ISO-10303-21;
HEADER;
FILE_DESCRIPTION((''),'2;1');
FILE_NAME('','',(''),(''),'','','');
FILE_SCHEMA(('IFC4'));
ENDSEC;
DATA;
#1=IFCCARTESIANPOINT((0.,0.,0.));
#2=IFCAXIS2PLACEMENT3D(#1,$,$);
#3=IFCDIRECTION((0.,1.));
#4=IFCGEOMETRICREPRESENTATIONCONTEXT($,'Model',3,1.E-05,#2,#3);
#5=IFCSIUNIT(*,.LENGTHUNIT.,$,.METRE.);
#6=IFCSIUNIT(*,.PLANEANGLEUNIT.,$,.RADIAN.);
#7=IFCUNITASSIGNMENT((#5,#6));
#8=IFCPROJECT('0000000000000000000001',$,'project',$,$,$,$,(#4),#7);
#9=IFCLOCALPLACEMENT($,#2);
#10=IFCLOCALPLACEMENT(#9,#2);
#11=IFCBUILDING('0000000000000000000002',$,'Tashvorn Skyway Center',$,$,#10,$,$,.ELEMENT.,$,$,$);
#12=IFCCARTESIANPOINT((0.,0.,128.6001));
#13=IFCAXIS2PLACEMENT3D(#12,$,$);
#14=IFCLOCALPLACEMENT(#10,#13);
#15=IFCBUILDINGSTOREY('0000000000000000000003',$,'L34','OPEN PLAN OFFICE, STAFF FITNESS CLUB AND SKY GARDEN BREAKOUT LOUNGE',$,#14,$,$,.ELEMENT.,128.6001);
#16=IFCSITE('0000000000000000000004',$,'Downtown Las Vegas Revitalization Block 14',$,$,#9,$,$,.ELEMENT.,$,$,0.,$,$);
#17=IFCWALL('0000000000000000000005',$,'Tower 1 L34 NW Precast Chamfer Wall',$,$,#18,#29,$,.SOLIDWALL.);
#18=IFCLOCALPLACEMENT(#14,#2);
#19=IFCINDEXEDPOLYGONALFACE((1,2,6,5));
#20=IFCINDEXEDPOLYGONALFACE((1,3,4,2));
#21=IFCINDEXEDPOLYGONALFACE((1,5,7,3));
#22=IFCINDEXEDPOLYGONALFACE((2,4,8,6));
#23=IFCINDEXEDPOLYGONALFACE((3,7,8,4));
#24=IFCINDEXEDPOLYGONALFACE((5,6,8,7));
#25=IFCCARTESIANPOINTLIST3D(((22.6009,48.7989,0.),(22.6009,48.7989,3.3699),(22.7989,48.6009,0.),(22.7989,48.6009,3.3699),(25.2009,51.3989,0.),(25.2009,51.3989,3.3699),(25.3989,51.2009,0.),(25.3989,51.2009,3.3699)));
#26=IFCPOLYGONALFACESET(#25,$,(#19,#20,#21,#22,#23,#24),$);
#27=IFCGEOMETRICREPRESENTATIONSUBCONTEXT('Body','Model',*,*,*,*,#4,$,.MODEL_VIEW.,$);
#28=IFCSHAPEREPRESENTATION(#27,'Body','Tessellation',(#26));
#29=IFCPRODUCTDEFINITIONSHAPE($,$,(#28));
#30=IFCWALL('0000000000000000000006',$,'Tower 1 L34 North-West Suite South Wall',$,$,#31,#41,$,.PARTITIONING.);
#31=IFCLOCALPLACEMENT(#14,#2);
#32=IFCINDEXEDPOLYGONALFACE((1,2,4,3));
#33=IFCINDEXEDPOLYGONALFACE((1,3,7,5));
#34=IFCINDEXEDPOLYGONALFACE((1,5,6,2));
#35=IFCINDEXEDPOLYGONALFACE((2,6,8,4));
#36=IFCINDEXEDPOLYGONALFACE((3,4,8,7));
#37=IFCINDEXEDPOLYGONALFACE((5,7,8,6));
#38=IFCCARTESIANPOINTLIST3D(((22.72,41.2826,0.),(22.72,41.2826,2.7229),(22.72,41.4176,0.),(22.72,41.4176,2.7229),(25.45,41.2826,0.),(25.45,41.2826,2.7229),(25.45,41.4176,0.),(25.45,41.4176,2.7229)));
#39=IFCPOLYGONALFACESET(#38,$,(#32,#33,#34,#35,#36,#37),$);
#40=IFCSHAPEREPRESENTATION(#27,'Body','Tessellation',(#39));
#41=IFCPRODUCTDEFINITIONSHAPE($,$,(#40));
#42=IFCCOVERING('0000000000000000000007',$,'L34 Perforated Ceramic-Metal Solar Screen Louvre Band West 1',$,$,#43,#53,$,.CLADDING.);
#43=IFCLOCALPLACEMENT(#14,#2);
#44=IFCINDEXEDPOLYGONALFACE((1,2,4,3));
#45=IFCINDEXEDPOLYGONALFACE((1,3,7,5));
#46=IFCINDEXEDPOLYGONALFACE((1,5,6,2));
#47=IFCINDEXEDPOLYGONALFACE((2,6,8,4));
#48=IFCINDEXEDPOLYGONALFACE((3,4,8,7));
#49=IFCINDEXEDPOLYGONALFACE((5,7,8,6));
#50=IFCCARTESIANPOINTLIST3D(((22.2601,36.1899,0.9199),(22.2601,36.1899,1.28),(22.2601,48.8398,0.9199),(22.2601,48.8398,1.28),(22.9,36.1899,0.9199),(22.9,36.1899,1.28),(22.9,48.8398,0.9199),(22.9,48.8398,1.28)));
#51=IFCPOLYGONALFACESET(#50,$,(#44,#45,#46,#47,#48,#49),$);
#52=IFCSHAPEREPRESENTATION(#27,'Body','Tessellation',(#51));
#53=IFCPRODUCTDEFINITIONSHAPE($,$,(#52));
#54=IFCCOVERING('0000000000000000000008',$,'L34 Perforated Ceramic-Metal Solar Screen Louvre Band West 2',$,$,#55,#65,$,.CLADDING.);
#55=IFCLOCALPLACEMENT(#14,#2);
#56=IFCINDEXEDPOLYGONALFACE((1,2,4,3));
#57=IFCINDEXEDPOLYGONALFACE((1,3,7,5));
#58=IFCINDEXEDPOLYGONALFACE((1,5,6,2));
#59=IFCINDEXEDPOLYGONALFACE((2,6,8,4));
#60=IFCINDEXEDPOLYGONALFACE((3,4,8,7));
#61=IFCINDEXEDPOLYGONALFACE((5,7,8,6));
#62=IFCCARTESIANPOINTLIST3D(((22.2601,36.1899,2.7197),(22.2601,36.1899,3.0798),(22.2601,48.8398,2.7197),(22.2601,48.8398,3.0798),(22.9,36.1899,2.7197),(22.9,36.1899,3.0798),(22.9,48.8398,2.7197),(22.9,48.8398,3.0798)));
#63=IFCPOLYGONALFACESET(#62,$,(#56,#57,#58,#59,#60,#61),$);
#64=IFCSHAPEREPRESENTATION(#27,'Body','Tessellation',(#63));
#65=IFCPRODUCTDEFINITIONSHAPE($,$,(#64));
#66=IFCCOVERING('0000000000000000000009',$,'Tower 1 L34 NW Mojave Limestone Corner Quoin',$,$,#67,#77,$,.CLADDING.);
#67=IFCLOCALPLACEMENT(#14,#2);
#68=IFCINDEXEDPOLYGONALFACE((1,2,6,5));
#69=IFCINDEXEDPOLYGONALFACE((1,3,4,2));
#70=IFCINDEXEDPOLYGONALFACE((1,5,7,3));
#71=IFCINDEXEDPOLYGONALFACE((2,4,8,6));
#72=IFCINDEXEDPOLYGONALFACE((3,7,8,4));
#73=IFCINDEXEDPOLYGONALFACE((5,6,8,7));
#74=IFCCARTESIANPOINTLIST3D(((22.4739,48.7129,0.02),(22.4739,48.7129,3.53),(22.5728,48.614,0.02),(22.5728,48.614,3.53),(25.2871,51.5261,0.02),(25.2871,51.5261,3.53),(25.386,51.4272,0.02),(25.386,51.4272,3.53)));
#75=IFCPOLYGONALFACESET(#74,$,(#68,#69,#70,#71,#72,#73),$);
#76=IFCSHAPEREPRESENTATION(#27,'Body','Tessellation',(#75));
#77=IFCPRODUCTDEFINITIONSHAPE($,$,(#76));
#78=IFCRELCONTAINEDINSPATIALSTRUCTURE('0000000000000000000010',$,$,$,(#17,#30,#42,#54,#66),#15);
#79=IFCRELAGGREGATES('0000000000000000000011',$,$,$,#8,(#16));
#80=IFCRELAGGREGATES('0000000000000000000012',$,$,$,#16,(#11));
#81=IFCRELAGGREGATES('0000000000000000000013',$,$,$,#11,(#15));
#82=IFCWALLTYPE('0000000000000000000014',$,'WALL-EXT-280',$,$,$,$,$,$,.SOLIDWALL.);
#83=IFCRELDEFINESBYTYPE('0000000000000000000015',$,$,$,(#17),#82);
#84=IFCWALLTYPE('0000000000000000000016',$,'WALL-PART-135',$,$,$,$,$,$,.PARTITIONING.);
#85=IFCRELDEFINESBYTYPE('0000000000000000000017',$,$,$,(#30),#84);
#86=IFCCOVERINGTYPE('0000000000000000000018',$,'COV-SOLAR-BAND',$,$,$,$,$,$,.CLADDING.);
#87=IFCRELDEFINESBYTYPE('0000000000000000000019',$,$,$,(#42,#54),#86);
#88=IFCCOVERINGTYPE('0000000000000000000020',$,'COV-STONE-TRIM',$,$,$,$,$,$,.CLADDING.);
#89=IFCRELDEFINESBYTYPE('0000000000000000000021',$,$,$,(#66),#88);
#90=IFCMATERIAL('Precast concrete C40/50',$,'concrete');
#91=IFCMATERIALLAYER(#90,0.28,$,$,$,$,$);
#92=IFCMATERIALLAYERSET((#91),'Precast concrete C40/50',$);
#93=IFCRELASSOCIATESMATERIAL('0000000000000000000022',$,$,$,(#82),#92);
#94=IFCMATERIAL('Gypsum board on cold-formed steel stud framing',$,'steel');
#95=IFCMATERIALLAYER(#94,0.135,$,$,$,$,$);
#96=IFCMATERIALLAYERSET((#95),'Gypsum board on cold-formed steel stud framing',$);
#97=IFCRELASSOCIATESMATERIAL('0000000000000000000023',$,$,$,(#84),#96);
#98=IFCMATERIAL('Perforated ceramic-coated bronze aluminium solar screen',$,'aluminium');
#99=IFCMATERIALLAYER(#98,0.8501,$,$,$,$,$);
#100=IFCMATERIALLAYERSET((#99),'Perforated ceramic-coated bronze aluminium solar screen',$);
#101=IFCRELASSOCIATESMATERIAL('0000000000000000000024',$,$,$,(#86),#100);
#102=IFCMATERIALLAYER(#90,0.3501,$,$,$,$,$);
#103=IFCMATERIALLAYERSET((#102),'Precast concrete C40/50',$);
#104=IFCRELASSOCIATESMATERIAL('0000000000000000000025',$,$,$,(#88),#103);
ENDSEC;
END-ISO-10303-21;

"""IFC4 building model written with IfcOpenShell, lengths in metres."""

from ifc_helpers import new_model, si_unit, direction, frame, frame_2d, origin, origin_2d, place, context, subcontext, project, spatial, rectangle, extrude, material, layer, layer_set, type_object, element, save


model = new_model("IFC4")

# Units and contexts
model_context = context("Model", 3, precision=1e-05, world=origin(), true_north=direction((0.0, 1.0)))
body_context = subcontext(model_context, "Body", "Model", "MODEL_VIEW")
ifc_project = project(units=[si_unit("LENGTHUNIT", "METRE"), si_unit("PLANEANGLEUNIT", "RADIAN")], contexts=[model_context])

# Site, building, storey
site_placement = place(None, origin())
site = spatial("IfcSite", under=ifc_project, at=site_placement, Name="Downtown Las Vegas Revitalization Block 14", CompositionType="ELEMENT", RefElevation=0.0)
building_placement = place(site_placement, origin())
building = spatial("IfcBuilding", under=site, at=building_placement, Name="Tashvorn Skyway Center", CompositionType="ELEMENT")
storey_placement = place(building_placement, frame((0.0, 0.0, 128.6001)))
storey = spatial("IfcBuildingStorey", under=building, at=storey_placement, Name="L34", Description="OPEN PLAN OFFICE, STAFF FITNESS CLUB AND SKY GARDEN BREAKOUT LOUNGE", CompositionType="ELEMENT", Elevation=128.6001)

# Walls
ifc_material_1 = material(Name="Precast concrete C40/50", Category="concrete")
ifc_layer_1 = layer(ifc_material_1, 0.28)
ifc_layer_set_1 = layer_set([ifc_layer_1], Name="Precast concrete C40/50")
wall_type_1 = type_object("IfcWallType", Name="WALL-EXT-280", PredefinedType="SOLIDWALL", material=ifc_layer_set_1)
wall_1_placement = place(storey_placement, frame((22.7, 48.7, 0.0), z_axis=(0.0, 0.0, 1.0), x_axis=(0.707107, 0.707107, 0.0)))
element("IfcWall", 1, at=wall_1_placement, inside=storey, type_object=wall_type_1, Name="Tower 1 L34 NW Precast Chamfer Wall", PredefinedType="SOLIDWALL", context=body_context, shape_type="SweptSolid", body=[
    extrude(rectangle(XDim=3.677, YDim=0.28, at=frame_2d((1.8384, 0.0))), origin(), (0.0, 0.0, 1.0), 3.3699),
])
ifc_material_2 = material(Name="Gypsum board on cold-formed steel stud framing", Category="steel")
ifc_layer_2 = layer(ifc_material_2, 0.135)
ifc_layer_set_2 = layer_set([ifc_layer_2], Name="Gypsum board on cold-formed steel stud framing")
wall_type_2 = type_object("IfcWallType", Name="WALL-PART-135", PredefinedType="PARTITIONING", material=ifc_layer_set_2)
wall_2_placement = place(storey_placement, frame((22.72, 41.3501, 0.0), z_axis=(0.0, 0.0, 1.0), x_axis=(1.0, 0.0, 0.0)))
element("IfcWall", 2, at=wall_2_placement, inside=storey, type_object=wall_type_2, Name="Tower 1 L34 North-West Suite South Wall", PredefinedType="PARTITIONING", context=body_context, shape_type="SweptSolid", body=[
    extrude(rectangle(XDim=2.73, YDim=0.135, at=frame_2d((1.365, 0.0))), origin(), (0.0, 0.0, 1.0), 2.7229),
])

# Coverings
ifc_material_3 = material(Name="Perforated ceramic-coated bronze aluminium solar screen", Category="aluminium")
ifc_layer_3 = layer(ifc_material_3, 0.8501)
ifc_layer_set_3 = layer_set([ifc_layer_3], Name="Perforated ceramic-coated bronze aluminium solar screen")
covering_type_1 = type_object("IfcCoveringType", Name="COV-SOLAR-BAND", PredefinedType="CLADDING", material=ifc_layer_set_3)
for number, where, z_axis, x_axis, name in (
    (3, (22.5801, 42.5149, 0.9199), (0.0, 0.0, 1.0), (0.0, 1.0, 0.0), "L34 Perforated Ceramic-Metal Solar Screen Louvre Band West 1"),
    (4, (22.5801, 42.5149, 2.7197), (0.0, 0.0, 1.0), (0.0, 1.0, 0.0), "L34 Perforated Ceramic-Metal Solar Screen Louvre Band West 2"),
):
    element("IfcCovering", number, at=place(storey_placement, frame(where, z_axis=z_axis, x_axis=x_axis)), inside=storey, type_object=covering_type_1, Name=name, PredefinedType="CLADDING", context=body_context, shape_type="SweptSolid", body=[
        extrude(rectangle(XDim=12.6499, YDim=0.6399, at=origin_2d()), origin(), (0.0, 0.0, 1.0), 0.3601),
    ])
ifc_layer_4 = layer(ifc_material_1, 0.3501)
ifc_layer_set_4 = layer_set([ifc_layer_4], Name="Precast concrete C40/50")
covering_type_2 = type_object("IfcCoveringType", Name="COV-STONE-TRIM", PredefinedType="CLADDING", material=ifc_layer_set_4)
covering_placement = place(storey_placement, frame((23.9299, 50.0701, 0.02), z_axis=(0.0, 0.0, 1.0), x_axis=(-0.707107, -0.707107, 0.0)))
element("IfcCovering", 5, at=covering_placement, inside=storey, type_object=covering_type_2, Name="Tower 1 L34 NW Mojave Limestone Corner Quoin", PredefinedType="CLADDING", context=body_context, shape_type="SweptSolid", body=[
    extrude(rectangle(XDim=3.9785, YDim=0.1399, at=origin_2d()), origin(), (0.0, 0.0, 1.0), 3.51),
])

save(model, "model.ifc")
